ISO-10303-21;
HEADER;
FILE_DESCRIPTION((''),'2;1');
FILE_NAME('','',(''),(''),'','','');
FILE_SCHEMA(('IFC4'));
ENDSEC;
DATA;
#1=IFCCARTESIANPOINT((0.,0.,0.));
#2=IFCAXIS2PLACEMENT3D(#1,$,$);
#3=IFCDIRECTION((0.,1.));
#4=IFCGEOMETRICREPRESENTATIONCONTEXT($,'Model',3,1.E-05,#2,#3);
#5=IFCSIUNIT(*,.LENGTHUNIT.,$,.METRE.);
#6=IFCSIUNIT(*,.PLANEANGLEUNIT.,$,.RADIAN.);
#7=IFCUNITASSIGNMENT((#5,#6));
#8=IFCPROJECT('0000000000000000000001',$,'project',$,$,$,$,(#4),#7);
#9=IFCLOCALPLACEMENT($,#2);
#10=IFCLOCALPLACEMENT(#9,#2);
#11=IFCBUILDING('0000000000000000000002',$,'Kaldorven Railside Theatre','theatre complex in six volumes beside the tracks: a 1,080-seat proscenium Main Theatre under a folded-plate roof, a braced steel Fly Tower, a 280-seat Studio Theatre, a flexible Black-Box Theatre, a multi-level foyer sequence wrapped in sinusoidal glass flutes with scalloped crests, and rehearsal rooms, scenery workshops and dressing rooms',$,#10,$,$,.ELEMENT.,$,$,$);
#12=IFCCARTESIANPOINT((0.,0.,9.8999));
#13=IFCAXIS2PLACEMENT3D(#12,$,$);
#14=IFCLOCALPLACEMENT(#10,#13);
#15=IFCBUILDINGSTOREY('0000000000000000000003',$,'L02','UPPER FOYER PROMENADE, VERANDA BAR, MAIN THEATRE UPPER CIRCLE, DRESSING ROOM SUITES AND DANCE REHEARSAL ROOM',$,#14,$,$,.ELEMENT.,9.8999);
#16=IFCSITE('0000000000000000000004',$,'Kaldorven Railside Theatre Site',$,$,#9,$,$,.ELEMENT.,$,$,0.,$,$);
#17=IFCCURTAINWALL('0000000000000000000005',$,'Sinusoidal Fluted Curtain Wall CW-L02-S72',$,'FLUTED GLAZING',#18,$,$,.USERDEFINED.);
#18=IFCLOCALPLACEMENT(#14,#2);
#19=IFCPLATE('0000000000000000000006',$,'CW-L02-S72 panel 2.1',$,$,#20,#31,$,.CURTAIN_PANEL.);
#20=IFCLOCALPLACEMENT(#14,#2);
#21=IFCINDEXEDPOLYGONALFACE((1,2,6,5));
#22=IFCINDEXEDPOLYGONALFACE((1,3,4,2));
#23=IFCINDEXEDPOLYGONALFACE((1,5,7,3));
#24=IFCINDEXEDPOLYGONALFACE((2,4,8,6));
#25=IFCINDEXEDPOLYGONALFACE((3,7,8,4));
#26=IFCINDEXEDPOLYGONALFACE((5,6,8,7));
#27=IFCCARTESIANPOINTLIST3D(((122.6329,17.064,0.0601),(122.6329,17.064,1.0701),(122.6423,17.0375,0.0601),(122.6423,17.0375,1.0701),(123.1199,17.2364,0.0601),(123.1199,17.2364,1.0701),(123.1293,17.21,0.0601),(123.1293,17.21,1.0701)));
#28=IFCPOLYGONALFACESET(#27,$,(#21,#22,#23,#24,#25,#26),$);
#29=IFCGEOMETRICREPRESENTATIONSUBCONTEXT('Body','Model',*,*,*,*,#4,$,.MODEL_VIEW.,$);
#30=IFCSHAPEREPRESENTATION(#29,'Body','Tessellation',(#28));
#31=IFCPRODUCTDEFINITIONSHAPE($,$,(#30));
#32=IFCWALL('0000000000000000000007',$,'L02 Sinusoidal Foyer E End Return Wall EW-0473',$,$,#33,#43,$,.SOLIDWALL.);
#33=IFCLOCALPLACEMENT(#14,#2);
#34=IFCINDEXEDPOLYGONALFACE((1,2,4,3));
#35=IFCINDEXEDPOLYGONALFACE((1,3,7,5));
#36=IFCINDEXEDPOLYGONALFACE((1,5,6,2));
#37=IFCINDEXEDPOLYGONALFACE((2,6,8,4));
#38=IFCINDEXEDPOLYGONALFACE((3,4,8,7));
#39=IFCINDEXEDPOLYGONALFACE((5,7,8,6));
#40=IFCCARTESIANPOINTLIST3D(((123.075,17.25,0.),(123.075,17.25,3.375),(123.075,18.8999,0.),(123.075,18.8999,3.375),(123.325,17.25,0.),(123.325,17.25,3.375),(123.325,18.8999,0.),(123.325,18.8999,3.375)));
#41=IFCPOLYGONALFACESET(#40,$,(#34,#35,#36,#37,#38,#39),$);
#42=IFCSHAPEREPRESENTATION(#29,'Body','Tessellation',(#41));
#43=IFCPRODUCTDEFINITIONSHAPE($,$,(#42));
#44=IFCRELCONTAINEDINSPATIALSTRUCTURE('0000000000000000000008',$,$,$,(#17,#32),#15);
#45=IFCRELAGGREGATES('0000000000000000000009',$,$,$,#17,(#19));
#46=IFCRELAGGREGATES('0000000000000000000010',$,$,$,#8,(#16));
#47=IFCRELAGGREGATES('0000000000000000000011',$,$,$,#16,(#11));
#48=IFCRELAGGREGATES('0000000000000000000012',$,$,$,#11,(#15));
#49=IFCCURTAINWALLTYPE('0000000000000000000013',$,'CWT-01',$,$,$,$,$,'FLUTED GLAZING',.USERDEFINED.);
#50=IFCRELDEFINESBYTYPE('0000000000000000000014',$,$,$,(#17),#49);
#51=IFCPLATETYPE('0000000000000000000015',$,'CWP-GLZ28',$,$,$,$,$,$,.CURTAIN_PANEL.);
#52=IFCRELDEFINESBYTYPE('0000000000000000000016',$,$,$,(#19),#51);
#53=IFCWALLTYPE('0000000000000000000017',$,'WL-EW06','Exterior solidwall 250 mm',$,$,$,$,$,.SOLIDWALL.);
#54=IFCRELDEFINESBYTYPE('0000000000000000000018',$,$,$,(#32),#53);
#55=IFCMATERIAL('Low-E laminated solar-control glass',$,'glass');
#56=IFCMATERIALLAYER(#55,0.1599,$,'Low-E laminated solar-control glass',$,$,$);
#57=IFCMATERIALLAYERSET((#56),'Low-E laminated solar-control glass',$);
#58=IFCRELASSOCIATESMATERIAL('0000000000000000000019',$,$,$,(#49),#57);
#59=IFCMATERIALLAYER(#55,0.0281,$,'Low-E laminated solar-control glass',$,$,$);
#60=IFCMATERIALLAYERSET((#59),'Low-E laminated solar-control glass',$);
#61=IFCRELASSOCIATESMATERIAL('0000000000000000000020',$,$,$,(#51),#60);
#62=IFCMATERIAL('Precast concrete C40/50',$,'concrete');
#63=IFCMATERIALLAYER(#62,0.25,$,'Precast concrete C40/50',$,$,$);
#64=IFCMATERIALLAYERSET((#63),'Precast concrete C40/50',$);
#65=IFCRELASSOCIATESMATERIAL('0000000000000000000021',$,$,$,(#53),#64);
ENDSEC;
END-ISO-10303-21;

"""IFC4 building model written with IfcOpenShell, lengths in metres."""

from ifc_helpers import new_model, si_unit, direction, frame, frame_2d, origin, origin_2d, place, context, subcontext, project, spatial, rectangle, extrude, material, layer, layer_set, type_object, element, aggregate, save


model = new_model("IFC4")

# Units and contexts
model_context = context("Model", 3, precision=1e-05, world=origin(), true_north=direction((0.0, 1.0)))
body_context = subcontext(model_context, "Body", "Model", "MODEL_VIEW")
ifc_project = project(units=[si_unit("LENGTHUNIT", "METRE"), si_unit("PLANEANGLEUNIT", "RADIAN")], contexts=[model_context])

# Site, building, storey
site_placement = place(None, origin())
site = spatial("IfcSite", under=ifc_project, at=site_placement, Name="Kaldorven Railside Theatre Site", CompositionType="ELEMENT", RefElevation=0.0)
building_placement = place(site_placement, origin())
building = spatial("IfcBuilding", under=site, at=building_placement, Name="Kaldorven Railside Theatre", Description="theatre complex in six volumes beside the tracks: a 1,080-seat proscenium Main Theatre under a folded-plate roof, a braced steel Fly Tower, a 280-seat Studio Theatre, a flexible Black-Box Theatre, a multi-level foyer sequence wrapped in sinusoidal glass flutes with scalloped crests, and rehearsal rooms, scenery workshops and dressing rooms", CompositionType="ELEMENT")
storey_placement = place(building_placement, frame((0.0, 0.0, 9.8999)))
storey = spatial("IfcBuildingStorey", under=building, at=storey_placement, Name="L02", Description="UPPER FOYER PROMENADE, VERANDA BAR, MAIN THEATRE UPPER CIRCLE, DRESSING ROOM SUITES AND DANCE REHEARSAL ROOM", CompositionType="ELEMENT", Elevation=9.8999)

# Shared definitions
ifc_material_1 = material(Name="Low-E laminated solar-control glass", Category="glass")

# Curtain wall
ifc_layer_1 = layer(ifc_material_1, 0.1599, Name="Low-E laminated solar-control glass")
ifc_layer_set_1 = layer_set([ifc_layer_1], Name="Low-E laminated solar-control glass")
curtain_wall_type_1 = type_object("IfcCurtainWallType", Name="CWT-01", ElementType="FLUTED GLAZING", PredefinedType="USERDEFINED", material=ifc_layer_set_1)
curtain_wall_1_placement = place(storey_placement, origin())
curtain_wall_1 = element("IfcCurtainWall", 1, at=curtain_wall_1_placement, inside=storey, type_object=curtain_wall_type_1, Name="Sinusoidal Fluted Curtain Wall CW-L02-S72", ObjectType="FLUTED GLAZING", PredefinedType="USERDEFINED")

# Plate
ifc_layer_2 = layer(ifc_material_1, 0.0281, Name="Low-E laminated solar-control glass")
ifc_layer_set_2 = layer_set([ifc_layer_2], Name="Low-E laminated solar-control glass")
plate_type = type_object("IfcPlateType", Name="CWP-GLZ28", PredefinedType="CURTAIN_PANEL", material=ifc_layer_set_2)
plate_1_placement = place(storey_placement, frame((122.8811, 17.137, 0.0601), z_axis=(0.0, 0.0, 1.0), x_axis=(0.942627, 0.333847, 0.0)))
plate_1 = element("IfcPlate", 2, at=plate_1_placement, type_object=plate_type, Name="CW-L02-S72 panel 2.1", PredefinedType="CURTAIN_PANEL", context=body_context, shape_type="SweptSolid", body=[
    extrude(rectangle(XDim=0.5166, YDim=0.0281, at=origin_2d()), origin(), (0.0, 0.0, 1.0), 1.01),
])
aggregate(curtain_wall_1, [plate_1])

# Wall
ifc_material_2 = material(Name="Precast concrete C40/50", Category="concrete")
ifc_layer_3 = layer(ifc_material_2, 0.25, Name="Precast concrete C40/50")
ifc_layer_set_3 = layer_set([ifc_layer_3], Name="Precast concrete C40/50")
wall_type = type_object("IfcWallType", Name="WL-EW06", Description="Exterior solidwall 250 mm", PredefinedType="SOLIDWALL", material=ifc_layer_set_3)
wall_placement = place(storey_placement, frame((123.2, 17.25, 0.0), z_axis=(0.0, 0.0, 1.0), x_axis=(0.0, 1.0, 0.0)))
element("IfcWall", 3, at=wall_placement, inside=storey, type_object=wall_type, Name="L02 Sinusoidal Foyer E End Return Wall EW-0473", PredefinedType="SOLIDWALL", context=body_context, shape_type="SweptSolid", body=[
    extrude(rectangle(XDim=1.6499, YDim=0.25, at=frame_2d((0.825, 0.0))), origin(), (0.0, 0.0, 1.0), 3.375),
])

save(model, "model.ifc")
